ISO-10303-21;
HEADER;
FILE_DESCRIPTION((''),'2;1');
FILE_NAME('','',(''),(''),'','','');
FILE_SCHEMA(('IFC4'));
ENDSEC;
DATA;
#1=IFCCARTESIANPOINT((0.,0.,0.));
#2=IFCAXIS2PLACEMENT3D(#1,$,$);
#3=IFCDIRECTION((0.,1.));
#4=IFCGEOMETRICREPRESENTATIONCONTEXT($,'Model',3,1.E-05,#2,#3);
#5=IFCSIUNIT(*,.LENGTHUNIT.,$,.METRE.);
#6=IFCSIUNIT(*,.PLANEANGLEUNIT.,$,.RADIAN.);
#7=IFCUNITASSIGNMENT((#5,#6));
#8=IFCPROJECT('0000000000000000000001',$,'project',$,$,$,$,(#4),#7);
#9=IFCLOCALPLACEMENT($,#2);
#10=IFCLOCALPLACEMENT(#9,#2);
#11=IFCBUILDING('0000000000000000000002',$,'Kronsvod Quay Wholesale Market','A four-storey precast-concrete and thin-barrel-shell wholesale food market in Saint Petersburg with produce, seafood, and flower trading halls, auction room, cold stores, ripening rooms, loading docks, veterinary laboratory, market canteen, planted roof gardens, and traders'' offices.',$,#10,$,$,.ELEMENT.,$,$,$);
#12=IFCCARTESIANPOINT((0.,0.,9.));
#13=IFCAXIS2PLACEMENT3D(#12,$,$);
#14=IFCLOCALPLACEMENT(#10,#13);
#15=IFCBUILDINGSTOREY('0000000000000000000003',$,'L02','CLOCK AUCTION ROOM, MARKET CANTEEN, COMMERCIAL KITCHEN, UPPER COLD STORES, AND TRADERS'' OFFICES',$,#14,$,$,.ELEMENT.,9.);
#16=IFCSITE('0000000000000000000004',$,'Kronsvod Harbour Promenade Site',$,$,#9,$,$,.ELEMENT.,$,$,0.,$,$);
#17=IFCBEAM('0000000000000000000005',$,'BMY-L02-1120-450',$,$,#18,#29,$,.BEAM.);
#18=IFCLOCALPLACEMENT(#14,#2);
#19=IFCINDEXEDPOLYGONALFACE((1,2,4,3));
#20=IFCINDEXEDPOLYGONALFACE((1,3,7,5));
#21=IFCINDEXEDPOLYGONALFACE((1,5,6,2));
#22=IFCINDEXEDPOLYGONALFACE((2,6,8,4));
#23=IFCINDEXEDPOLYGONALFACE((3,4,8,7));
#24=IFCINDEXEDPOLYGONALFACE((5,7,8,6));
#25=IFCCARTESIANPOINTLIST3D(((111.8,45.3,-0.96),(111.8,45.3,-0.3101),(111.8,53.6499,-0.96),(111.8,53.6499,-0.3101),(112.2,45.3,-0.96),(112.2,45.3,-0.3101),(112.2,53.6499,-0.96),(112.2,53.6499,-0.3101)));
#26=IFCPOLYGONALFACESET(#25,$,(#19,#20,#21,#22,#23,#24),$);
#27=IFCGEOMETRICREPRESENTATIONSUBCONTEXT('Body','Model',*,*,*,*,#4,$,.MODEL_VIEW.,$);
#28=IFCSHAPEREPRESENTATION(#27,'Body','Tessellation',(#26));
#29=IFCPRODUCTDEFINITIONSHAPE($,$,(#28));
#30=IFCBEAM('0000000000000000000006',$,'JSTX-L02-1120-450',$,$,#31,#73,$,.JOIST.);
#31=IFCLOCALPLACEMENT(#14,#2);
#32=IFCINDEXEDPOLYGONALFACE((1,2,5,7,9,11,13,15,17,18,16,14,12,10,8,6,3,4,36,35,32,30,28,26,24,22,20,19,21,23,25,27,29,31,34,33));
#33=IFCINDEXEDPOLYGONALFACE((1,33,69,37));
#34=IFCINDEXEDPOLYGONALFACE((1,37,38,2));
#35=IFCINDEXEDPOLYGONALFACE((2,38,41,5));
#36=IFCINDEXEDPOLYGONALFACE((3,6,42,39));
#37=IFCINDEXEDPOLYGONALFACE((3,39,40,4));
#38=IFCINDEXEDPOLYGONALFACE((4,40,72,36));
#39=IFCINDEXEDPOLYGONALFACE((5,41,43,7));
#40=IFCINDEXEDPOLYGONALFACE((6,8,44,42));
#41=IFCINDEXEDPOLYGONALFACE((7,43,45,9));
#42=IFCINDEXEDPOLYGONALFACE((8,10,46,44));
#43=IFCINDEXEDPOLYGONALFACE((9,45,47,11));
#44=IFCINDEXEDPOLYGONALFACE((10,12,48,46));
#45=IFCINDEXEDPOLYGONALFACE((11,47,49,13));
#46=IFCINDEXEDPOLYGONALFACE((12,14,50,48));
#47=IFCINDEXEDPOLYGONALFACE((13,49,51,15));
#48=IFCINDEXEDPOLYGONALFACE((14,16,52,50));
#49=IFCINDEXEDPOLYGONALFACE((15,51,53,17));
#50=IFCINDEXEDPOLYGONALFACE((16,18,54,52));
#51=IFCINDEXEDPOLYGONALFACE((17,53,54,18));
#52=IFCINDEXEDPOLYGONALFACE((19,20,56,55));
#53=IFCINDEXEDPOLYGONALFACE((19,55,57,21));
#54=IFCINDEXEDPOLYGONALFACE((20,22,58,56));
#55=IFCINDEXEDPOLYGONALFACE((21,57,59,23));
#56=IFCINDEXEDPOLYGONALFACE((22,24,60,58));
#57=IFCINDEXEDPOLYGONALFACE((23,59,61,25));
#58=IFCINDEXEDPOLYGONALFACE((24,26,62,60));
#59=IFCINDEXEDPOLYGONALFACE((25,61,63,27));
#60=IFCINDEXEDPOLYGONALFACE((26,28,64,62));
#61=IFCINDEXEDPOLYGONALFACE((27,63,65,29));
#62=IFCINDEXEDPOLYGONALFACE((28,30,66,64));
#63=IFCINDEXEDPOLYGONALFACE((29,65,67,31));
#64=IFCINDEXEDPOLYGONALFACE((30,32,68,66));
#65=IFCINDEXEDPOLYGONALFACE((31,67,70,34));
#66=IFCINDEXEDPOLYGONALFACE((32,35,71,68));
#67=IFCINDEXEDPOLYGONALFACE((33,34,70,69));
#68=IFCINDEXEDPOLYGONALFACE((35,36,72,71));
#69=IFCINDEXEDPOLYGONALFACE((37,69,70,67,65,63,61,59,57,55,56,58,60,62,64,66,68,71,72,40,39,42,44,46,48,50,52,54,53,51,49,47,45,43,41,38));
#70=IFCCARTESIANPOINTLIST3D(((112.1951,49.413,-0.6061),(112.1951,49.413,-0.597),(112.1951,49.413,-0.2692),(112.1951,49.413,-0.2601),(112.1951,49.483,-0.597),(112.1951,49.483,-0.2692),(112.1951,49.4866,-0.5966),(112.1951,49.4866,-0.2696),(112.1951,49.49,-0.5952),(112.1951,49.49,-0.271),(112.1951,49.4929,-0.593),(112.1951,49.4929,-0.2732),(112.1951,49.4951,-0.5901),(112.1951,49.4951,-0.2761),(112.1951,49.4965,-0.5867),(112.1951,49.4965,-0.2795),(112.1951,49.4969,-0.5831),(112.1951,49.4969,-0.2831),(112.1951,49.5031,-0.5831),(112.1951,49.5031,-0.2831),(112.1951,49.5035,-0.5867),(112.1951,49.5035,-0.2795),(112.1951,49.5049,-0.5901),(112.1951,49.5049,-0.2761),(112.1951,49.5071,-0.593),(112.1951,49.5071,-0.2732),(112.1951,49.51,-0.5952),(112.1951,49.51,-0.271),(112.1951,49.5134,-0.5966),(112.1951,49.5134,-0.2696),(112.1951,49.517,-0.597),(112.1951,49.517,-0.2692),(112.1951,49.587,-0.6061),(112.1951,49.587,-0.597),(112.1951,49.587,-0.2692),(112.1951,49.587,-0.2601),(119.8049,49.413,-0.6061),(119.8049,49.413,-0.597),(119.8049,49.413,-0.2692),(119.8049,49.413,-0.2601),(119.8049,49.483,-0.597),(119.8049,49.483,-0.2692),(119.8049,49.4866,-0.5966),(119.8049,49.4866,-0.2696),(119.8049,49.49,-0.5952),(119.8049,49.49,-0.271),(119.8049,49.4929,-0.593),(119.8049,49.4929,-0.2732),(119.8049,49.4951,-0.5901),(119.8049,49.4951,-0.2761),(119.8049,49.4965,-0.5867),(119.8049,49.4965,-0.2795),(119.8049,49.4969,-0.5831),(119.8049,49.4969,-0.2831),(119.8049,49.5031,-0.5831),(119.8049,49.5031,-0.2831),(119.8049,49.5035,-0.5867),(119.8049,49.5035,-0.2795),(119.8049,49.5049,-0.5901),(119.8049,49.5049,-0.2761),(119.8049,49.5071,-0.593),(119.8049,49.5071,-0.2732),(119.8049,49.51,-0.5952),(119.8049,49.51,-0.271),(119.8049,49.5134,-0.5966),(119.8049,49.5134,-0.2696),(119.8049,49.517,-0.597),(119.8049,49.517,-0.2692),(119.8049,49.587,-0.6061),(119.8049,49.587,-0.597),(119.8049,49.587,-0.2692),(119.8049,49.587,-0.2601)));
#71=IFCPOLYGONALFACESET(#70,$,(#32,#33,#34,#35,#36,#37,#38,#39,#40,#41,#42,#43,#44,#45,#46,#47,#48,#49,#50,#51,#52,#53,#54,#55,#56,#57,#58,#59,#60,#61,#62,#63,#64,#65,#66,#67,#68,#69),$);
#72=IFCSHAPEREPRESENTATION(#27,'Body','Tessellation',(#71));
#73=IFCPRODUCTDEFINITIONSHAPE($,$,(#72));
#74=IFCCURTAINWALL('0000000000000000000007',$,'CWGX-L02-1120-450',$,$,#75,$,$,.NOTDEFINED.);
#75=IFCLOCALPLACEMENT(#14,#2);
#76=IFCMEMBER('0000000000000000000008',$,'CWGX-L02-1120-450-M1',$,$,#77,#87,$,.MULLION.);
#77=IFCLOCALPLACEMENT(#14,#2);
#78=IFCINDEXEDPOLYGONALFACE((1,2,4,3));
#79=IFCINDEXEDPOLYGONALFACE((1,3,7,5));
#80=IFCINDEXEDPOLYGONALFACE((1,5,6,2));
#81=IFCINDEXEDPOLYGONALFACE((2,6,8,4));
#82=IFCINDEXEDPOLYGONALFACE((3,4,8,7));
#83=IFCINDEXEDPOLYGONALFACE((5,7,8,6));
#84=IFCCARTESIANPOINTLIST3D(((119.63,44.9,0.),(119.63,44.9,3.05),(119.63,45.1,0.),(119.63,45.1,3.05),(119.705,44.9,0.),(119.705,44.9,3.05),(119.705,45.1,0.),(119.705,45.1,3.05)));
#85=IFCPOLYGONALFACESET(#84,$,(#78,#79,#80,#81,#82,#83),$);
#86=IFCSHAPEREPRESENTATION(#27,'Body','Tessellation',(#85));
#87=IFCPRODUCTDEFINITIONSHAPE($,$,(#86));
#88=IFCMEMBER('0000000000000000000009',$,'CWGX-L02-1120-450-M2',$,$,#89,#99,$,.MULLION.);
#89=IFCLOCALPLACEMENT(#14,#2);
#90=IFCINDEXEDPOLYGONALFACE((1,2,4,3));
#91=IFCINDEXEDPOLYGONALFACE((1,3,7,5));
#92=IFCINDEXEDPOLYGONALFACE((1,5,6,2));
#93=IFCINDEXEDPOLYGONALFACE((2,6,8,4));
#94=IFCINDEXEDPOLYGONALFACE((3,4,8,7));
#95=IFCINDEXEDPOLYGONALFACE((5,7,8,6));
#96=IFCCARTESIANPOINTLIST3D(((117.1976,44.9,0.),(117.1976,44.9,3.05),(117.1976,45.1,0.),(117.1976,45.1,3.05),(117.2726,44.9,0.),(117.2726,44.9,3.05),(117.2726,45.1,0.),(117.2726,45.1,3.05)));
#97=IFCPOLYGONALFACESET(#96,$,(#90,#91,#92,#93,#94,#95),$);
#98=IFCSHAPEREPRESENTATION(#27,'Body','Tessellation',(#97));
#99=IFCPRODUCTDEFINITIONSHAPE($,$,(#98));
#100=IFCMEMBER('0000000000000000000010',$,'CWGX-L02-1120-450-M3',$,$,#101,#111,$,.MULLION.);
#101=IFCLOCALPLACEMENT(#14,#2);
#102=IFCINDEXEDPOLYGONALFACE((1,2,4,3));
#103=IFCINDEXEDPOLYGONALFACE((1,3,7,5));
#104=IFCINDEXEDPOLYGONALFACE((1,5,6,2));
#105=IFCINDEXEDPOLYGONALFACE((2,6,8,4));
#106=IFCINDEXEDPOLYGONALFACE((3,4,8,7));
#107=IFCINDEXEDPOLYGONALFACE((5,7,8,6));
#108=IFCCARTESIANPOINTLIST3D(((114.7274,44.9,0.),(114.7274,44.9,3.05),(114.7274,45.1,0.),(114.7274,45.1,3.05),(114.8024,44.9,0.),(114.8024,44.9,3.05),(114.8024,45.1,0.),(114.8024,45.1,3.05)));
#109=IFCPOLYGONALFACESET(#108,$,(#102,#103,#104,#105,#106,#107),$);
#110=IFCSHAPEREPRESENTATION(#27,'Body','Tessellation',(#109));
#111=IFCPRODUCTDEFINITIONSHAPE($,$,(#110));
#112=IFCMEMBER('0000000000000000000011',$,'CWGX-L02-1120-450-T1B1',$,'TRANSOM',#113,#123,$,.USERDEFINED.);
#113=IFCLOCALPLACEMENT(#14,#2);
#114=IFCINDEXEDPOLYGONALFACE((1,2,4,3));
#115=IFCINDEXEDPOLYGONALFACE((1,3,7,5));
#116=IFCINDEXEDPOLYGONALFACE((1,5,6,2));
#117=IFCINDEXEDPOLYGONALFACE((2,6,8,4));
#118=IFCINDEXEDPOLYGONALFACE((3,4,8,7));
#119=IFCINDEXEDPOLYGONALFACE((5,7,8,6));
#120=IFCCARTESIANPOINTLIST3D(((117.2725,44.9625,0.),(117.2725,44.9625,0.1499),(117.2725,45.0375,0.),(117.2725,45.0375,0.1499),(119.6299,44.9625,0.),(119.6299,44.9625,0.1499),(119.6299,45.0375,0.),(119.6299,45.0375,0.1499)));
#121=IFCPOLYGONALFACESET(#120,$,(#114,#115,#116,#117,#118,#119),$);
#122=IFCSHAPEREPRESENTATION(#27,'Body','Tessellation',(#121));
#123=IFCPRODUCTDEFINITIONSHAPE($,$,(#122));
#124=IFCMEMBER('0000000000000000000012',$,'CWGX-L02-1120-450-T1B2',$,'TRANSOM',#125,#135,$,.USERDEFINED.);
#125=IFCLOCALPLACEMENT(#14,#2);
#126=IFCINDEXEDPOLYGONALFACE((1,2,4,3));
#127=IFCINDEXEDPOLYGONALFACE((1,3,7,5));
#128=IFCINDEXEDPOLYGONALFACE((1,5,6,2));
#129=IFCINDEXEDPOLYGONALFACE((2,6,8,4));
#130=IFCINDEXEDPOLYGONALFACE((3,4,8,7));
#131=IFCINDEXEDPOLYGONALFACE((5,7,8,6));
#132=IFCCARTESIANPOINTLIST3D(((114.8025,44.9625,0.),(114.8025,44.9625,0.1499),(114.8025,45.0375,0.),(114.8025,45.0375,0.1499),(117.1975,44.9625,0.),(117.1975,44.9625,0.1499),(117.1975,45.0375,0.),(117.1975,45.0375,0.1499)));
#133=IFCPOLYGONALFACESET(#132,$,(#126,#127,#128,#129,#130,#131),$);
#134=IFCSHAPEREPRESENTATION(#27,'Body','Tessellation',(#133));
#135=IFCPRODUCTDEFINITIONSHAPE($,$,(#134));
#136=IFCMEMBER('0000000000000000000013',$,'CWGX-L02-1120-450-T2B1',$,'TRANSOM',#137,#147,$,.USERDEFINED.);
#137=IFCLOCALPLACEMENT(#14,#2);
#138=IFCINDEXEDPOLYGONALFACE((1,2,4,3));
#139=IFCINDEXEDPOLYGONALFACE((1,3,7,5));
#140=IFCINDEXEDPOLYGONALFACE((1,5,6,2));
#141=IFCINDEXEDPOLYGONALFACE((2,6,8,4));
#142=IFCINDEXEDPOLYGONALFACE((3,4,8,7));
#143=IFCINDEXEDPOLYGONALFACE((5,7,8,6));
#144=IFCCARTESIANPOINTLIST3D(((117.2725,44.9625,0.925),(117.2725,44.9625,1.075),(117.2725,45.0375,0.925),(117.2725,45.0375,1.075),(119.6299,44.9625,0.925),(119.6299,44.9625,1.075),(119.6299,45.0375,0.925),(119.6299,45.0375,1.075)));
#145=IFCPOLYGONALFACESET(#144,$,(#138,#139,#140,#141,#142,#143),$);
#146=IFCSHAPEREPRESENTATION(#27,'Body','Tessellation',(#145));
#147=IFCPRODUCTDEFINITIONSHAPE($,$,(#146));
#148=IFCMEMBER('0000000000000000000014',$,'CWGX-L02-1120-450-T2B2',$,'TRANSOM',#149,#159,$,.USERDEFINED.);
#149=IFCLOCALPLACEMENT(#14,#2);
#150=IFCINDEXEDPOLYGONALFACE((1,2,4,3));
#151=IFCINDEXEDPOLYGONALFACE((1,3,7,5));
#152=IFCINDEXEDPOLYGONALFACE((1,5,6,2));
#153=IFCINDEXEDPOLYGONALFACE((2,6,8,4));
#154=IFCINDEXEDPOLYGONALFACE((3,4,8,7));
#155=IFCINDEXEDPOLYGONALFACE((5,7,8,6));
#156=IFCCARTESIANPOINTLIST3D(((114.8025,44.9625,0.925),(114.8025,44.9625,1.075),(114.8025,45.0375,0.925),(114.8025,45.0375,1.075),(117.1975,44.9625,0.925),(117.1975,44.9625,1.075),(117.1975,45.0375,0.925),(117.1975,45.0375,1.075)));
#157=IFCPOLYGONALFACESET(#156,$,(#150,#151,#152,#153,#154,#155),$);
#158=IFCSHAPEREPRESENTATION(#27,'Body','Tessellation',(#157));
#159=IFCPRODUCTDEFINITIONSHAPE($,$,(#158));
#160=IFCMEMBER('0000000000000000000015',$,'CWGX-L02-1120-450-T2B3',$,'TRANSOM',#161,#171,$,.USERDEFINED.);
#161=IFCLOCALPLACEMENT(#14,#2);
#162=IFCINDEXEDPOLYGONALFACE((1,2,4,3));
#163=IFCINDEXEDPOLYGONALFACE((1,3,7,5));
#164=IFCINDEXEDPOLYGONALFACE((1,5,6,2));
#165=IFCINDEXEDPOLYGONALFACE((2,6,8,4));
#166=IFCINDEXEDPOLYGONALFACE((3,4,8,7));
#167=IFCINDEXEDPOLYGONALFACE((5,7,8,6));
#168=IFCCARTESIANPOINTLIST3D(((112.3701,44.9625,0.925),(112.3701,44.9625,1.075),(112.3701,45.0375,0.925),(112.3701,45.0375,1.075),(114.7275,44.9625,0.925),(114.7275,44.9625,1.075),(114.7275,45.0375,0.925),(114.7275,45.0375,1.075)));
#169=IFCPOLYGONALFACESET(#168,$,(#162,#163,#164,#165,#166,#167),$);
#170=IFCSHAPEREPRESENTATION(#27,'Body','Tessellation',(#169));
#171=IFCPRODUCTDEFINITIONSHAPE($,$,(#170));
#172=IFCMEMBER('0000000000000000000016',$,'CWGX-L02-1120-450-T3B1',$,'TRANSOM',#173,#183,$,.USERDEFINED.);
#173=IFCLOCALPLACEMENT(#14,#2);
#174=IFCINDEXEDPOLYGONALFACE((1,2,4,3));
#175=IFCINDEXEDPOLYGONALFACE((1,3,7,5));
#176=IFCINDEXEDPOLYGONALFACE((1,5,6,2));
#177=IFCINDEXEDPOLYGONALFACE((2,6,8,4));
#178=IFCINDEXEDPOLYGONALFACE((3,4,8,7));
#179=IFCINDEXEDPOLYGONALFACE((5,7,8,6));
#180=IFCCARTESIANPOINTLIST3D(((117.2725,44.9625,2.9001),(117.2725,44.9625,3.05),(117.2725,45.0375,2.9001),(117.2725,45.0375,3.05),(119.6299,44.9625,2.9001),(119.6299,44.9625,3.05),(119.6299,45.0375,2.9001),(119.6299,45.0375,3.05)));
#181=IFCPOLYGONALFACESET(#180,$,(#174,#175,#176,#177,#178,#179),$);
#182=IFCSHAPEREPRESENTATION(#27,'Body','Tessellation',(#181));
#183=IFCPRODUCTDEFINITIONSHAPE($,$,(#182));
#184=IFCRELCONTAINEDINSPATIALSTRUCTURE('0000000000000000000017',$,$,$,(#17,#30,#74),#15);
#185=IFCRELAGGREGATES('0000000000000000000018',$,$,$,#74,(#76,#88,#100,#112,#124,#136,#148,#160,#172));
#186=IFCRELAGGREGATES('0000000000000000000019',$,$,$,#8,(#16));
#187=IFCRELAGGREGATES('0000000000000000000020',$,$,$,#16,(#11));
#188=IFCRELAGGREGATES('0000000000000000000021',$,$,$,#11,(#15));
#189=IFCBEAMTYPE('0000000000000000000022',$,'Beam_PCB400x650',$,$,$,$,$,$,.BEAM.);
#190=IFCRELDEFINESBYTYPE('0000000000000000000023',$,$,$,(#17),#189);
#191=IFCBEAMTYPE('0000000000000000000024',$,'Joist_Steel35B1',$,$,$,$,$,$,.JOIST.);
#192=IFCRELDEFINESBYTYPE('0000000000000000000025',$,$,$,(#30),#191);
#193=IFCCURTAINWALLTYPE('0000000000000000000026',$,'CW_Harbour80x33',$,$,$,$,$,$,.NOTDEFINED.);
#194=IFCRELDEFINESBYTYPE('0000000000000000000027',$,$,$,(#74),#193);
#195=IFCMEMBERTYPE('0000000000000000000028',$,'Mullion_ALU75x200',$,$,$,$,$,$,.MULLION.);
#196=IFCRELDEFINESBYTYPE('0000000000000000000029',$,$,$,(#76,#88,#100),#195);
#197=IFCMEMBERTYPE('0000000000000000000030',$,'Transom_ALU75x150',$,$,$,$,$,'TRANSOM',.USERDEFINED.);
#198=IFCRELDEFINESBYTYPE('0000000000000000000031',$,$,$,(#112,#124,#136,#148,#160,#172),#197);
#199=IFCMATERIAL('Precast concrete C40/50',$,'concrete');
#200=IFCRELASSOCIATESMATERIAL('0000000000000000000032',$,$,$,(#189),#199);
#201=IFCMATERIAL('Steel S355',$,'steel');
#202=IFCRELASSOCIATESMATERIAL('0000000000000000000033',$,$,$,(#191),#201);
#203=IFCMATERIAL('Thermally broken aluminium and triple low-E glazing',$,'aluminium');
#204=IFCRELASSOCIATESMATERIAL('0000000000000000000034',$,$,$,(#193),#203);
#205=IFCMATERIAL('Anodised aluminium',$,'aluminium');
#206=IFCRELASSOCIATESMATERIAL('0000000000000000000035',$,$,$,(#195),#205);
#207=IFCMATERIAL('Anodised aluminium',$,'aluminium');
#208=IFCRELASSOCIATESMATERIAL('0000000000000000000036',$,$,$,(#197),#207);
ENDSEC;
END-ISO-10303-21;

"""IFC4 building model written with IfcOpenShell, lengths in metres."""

from ifc_helpers import new_model, si_unit, direction, frame, origin, origin_2d, place, context, subcontext, project, spatial, rectangle, i_section, extrude, material, material_profile, profile_set, type_object, element, aggregate, save


model = new_model("IFC4")

# Units and contexts
model_context = context("Model", 3, precision=1e-05, world=origin(), true_north=direction((0.0, 1.0)))
body_context = subcontext(model_context, "Body", "Model", "MODEL_VIEW")
ifc_project = project(units=[si_unit("LENGTHUNIT", "METRE"), si_unit("PLANEANGLEUNIT", "RADIAN")], contexts=[model_context])

# Site, building, storey
site_placement = place(None, origin())
site = spatial("IfcSite", under=ifc_project, at=site_placement, Name="Kronsvod Harbour Promenade Site", CompositionType="ELEMENT", RefElevation=0.0)
building_placement = place(site_placement, origin())
building = spatial("IfcBuilding", under=site, at=building_placement, Name="Kronsvod Quay Wholesale Market", Description="A four-storey precast-concrete and thin-barrel-shell wholesale food market in Saint Petersburg with produce, seafood, and flower trading halls, auction room, cold stores, ripening rooms, loading docks, veterinary laboratory, market canteen, planted roof gardens, and traders' offices.", CompositionType="ELEMENT")
storey_placement = place(building_placement, frame((0.0, 0.0, 9.0)))
storey = spatial("IfcBuildingStorey", under=building, at=storey_placement, Name="L02", Description="CLOCK AUCTION ROOM, MARKET CANTEEN, COMMERCIAL KITCHEN, UPPER COLD STORES, AND TRADERS' OFFICES", CompositionType="ELEMENT", Elevation=9.0)

# Beams
ifc_material_1 = material(Name="Precast concrete C40/50", Category="concrete")
ifc_material_profile_1 = material_profile(ifc_material_1, rectangle(XDim=0.3999, YDim=0.6499, at=origin_2d()), Name="PCB400x650")
ifc_profile_set_1 = profile_set([ifc_material_profile_1], Name="Precast concrete C40/50")
beam_type_1 = type_object("IfcBeamType", Name="Beam_PCB400x650", PredefinedType="BEAM", material=ifc_profile_set_1)
beam_1_placement = place(storey_placement, frame((112.0, 45.3, -0.635), z_axis=(0.0, 1.0, 0.0), x_axis=(-1.0, 0.0, 0.0)))
element("IfcBeam", 1, at=beam_1_placement, inside=storey, type_object=beam_type_1, Name="BMY-L02-1120-450", PredefinedType="BEAM", context=body_context, shape_type="SweptSolid", body=[
    extrude(rectangle(XDim=0.3999, YDim=0.6499, at=origin_2d()), origin(), (0.0, 0.0, 1.0), 8.3499),
])
ifc_material_2 = material(Name="Steel S355", Category="steel")
ifc_material_profile_2 = material_profile(ifc_material_2, i_section(OverallWidth=0.1741, OverallDepth=0.3459, WebThickness=0.0061, FlangeThickness=0.009, FilletRadius=0.0139, at=origin_2d()), Name="35B1")
ifc_profile_set_2 = profile_set([ifc_material_profile_2], Name="Steel S355")
beam_type_2 = type_object("IfcBeamType", Name="Joist_Steel35B1", PredefinedType="JOIST", material=ifc_profile_set_2)
beam_2_placement = place(storey_placement, frame((112.1951, 49.5, -0.4331), z_axis=(1.0, 0.0, 0.0), x_axis=(0.0, 1.0, 0.0)))
element("IfcBeam", 2, at=beam_2_placement, inside=storey, type_object=beam_type_2, Name="JSTX-L02-1120-450", PredefinedType="JOIST", context=body_context, shape_type="SweptSolid", body=[
    extrude(i_section(OverallWidth=0.1741, OverallDepth=0.3459, WebThickness=0.0061, FlangeThickness=0.009, FilletRadius=0.0139, at=origin_2d()), origin(), (0.0, 0.0, 1.0), 7.6099),
])

# Curtain wall, members
ifc_material_3 = material(Name="Thermally broken aluminium and triple low-E glazing", Category="aluminium")
curtain_wall_type = type_object("IfcCurtainWallType", Name="CW_Harbour80x33", PredefinedType="NOTDEFINED", material=ifc_material_3)
curtain_wall_placement = place(storey_placement, origin())
curtain_wall = element("IfcCurtainWall", 3, at=curtain_wall_placement, inside=storey, type_object=curtain_wall_type, Name="CWGX-L02-1120-450", PredefinedType="NOTDEFINED")
ifc_material_4 = material(Name="Anodised aluminium", Category="aluminium")
ifc_material_profile_3 = material_profile(ifc_material_4, rectangle(XDim=0.075, YDim=0.2, at=origin_2d()), Name="ALUM75x200")
ifc_profile_set_3 = profile_set([ifc_material_profile_3], Name="Anodised aluminium")
member_type_1 = type_object("IfcMemberType", Name="Mullion_ALU75x200", PredefinedType="MULLION", material=ifc_profile_set_3)
member_1_placement = place(storey_placement, frame((119.6675, 45.0, 0.0), z_axis=(0.0, 0.0, 1.0), x_axis=(1.0, 0.0, 0.0)))
member_1 = element("IfcMember", 4, at=member_1_placement, type_object=member_type_1, Name="CWGX-L02-1120-450-M1", PredefinedType="MULLION", context=body_context, shape_type="SweptSolid", body=[
    extrude(rectangle(XDim=0.075, YDim=0.2, at=origin_2d()), origin(), (0.0, 0.0, 1.0), 3.05),
])
member_2_placement = place(storey_placement, frame((117.2351, 45.0, 0.0), z_axis=(0.0, 0.0, 1.0), x_axis=(1.0, 0.0, 0.0)))
member_2 = element("IfcMember", 5, at=member_2_placement, type_object=member_type_1, Name="CWGX-L02-1120-450-M2", PredefinedType="MULLION", context=body_context, shape_type="SweptSolid", body=[
    extrude(rectangle(XDim=0.075, YDim=0.2, at=origin_2d()), origin(), (0.0, 0.0, 1.0), 3.05),
])
member_3_placement = place(storey_placement, frame((114.7649, 45.0, 0.0), z_axis=(0.0, 0.0, 1.0), x_axis=(1.0, 0.0, 0.0)))
member_3 = element("IfcMember", 6, at=member_3_placement, type_object=member_type_1, Name="CWGX-L02-1120-450-M3", PredefinedType="MULLION", context=body_context, shape_type="SweptSolid", body=[
    extrude(rectangle(XDim=0.075, YDim=0.2, at=origin_2d()), origin(), (0.0, 0.0, 1.0), 3.05),
])
ifc_material_5 = material(Name="Anodised aluminium", Category="aluminium")
ifc_material_profile_4 = material_profile(ifc_material_5, rectangle(XDim=0.075, YDim=0.1499, at=origin_2d()), Name="ALUT75x150")
ifc_profile_set_4 = profile_set([ifc_material_profile_4], Name="Anodised aluminium")
member_type_2 = type_object("IfcMemberType", Name="Transom_ALU75x150", ElementType="TRANSOM", PredefinedType="USERDEFINED", material=ifc_profile_set_4)
member_4_placement = place(storey_placement, frame((119.6299, 45.0, 0.075), z_axis=(-1.0, 0.0, 0.0), x_axis=(0.0, -1.0, 0.0)))
member_4 = element("IfcMember", 7, at=member_4_placement, type_object=member_type_2, Name="CWGX-L02-1120-450-T1B1", ObjectType="TRANSOM", PredefinedType="USERDEFINED", context=body_context, shape_type="SweptSolid", body=[
    extrude(rectangle(XDim=0.075, YDim=0.1499, at=origin_2d()), origin(), (0.0, 0.0, 1.0), 2.3574),
])
member_5_placement = place(storey_placement, frame((117.1975, 45.0, 0.075), z_axis=(-1.0, 0.0, 0.0), x_axis=(0.0, -1.0, 0.0)))
member_5 = element("IfcMember", 8, at=member_5_placement, type_object=member_type_2, Name="CWGX-L02-1120-450-T1B2", ObjectType="TRANSOM", PredefinedType="USERDEFINED", context=body_context, shape_type="SweptSolid", body=[
    extrude(rectangle(XDim=0.075, YDim=0.1499, at=origin_2d()), origin(), (0.0, 0.0, 1.0), 2.395),
])
member_6_placement = place(storey_placement, frame((119.6299, 45.0, 1.0), z_axis=(-1.0, 0.0, 0.0), x_axis=(0.0, -1.0, 0.0)))
member_6 = element("IfcMember", 9, at=member_6_placement, type_object=member_type_2, Name="CWGX-L02-1120-450-T2B1", ObjectType="TRANSOM", PredefinedType="USERDEFINED", context=body_context, shape_type="SweptSolid", body=[
    extrude(rectangle(XDim=0.075, YDim=0.1499, at=origin_2d()), origin(), (0.0, 0.0, 1.0), 2.3574),
])
member_7_placement = place(storey_placement, frame((117.1975, 45.0, 1.0), z_axis=(-1.0, 0.0, 0.0), x_axis=(0.0, -1.0, 0.0)))
member_7 = element("IfcMember", 10, at=member_7_placement, type_object=member_type_2, Name="CWGX-L02-1120-450-T2B2", ObjectType="TRANSOM", PredefinedType="USERDEFINED", context=body_context, shape_type="SweptSolid", body=[
    extrude(rectangle(XDim=0.075, YDim=0.1499, at=origin_2d()), origin(), (0.0, 0.0, 1.0), 2.395),
])
member_8_placement = place(storey_placement, frame((114.7275, 45.0, 1.0), z_axis=(-1.0, 0.0, 0.0), x_axis=(0.0, -1.0, 0.0)))
member_8 = element("IfcMember", 11, at=member_8_placement, type_object=member_type_2, Name="CWGX-L02-1120-450-T2B3", ObjectType="TRANSOM", PredefinedType="USERDEFINED", context=body_context, shape_type="SweptSolid", body=[
    extrude(rectangle(XDim=0.075, YDim=0.1499, at=origin_2d()), origin(), (0.0, 0.0, 1.0), 2.3574),
])
member_9_placement = place(storey_placement, frame((119.6299, 45.0, 2.9751), z_axis=(-1.0, 0.0, 0.0), x_axis=(0.0, -1.0, 0.0)))
member_9 = element("IfcMember", 12, at=member_9_placement, type_object=member_type_2, Name="CWGX-L02-1120-450-T3B1", ObjectType="TRANSOM", PredefinedType="USERDEFINED", context=body_context, shape_type="SweptSolid", body=[
    extrude(rectangle(XDim=0.075, YDim=0.1499, at=origin_2d()), origin(), (0.0, 0.0, 1.0), 2.3574),
])
aggregate(curtain_wall, [member_1, member_2, member_3, member_4, member_5, member_6, member_7, member_8, member_9])

save(model, "model.ifc")
